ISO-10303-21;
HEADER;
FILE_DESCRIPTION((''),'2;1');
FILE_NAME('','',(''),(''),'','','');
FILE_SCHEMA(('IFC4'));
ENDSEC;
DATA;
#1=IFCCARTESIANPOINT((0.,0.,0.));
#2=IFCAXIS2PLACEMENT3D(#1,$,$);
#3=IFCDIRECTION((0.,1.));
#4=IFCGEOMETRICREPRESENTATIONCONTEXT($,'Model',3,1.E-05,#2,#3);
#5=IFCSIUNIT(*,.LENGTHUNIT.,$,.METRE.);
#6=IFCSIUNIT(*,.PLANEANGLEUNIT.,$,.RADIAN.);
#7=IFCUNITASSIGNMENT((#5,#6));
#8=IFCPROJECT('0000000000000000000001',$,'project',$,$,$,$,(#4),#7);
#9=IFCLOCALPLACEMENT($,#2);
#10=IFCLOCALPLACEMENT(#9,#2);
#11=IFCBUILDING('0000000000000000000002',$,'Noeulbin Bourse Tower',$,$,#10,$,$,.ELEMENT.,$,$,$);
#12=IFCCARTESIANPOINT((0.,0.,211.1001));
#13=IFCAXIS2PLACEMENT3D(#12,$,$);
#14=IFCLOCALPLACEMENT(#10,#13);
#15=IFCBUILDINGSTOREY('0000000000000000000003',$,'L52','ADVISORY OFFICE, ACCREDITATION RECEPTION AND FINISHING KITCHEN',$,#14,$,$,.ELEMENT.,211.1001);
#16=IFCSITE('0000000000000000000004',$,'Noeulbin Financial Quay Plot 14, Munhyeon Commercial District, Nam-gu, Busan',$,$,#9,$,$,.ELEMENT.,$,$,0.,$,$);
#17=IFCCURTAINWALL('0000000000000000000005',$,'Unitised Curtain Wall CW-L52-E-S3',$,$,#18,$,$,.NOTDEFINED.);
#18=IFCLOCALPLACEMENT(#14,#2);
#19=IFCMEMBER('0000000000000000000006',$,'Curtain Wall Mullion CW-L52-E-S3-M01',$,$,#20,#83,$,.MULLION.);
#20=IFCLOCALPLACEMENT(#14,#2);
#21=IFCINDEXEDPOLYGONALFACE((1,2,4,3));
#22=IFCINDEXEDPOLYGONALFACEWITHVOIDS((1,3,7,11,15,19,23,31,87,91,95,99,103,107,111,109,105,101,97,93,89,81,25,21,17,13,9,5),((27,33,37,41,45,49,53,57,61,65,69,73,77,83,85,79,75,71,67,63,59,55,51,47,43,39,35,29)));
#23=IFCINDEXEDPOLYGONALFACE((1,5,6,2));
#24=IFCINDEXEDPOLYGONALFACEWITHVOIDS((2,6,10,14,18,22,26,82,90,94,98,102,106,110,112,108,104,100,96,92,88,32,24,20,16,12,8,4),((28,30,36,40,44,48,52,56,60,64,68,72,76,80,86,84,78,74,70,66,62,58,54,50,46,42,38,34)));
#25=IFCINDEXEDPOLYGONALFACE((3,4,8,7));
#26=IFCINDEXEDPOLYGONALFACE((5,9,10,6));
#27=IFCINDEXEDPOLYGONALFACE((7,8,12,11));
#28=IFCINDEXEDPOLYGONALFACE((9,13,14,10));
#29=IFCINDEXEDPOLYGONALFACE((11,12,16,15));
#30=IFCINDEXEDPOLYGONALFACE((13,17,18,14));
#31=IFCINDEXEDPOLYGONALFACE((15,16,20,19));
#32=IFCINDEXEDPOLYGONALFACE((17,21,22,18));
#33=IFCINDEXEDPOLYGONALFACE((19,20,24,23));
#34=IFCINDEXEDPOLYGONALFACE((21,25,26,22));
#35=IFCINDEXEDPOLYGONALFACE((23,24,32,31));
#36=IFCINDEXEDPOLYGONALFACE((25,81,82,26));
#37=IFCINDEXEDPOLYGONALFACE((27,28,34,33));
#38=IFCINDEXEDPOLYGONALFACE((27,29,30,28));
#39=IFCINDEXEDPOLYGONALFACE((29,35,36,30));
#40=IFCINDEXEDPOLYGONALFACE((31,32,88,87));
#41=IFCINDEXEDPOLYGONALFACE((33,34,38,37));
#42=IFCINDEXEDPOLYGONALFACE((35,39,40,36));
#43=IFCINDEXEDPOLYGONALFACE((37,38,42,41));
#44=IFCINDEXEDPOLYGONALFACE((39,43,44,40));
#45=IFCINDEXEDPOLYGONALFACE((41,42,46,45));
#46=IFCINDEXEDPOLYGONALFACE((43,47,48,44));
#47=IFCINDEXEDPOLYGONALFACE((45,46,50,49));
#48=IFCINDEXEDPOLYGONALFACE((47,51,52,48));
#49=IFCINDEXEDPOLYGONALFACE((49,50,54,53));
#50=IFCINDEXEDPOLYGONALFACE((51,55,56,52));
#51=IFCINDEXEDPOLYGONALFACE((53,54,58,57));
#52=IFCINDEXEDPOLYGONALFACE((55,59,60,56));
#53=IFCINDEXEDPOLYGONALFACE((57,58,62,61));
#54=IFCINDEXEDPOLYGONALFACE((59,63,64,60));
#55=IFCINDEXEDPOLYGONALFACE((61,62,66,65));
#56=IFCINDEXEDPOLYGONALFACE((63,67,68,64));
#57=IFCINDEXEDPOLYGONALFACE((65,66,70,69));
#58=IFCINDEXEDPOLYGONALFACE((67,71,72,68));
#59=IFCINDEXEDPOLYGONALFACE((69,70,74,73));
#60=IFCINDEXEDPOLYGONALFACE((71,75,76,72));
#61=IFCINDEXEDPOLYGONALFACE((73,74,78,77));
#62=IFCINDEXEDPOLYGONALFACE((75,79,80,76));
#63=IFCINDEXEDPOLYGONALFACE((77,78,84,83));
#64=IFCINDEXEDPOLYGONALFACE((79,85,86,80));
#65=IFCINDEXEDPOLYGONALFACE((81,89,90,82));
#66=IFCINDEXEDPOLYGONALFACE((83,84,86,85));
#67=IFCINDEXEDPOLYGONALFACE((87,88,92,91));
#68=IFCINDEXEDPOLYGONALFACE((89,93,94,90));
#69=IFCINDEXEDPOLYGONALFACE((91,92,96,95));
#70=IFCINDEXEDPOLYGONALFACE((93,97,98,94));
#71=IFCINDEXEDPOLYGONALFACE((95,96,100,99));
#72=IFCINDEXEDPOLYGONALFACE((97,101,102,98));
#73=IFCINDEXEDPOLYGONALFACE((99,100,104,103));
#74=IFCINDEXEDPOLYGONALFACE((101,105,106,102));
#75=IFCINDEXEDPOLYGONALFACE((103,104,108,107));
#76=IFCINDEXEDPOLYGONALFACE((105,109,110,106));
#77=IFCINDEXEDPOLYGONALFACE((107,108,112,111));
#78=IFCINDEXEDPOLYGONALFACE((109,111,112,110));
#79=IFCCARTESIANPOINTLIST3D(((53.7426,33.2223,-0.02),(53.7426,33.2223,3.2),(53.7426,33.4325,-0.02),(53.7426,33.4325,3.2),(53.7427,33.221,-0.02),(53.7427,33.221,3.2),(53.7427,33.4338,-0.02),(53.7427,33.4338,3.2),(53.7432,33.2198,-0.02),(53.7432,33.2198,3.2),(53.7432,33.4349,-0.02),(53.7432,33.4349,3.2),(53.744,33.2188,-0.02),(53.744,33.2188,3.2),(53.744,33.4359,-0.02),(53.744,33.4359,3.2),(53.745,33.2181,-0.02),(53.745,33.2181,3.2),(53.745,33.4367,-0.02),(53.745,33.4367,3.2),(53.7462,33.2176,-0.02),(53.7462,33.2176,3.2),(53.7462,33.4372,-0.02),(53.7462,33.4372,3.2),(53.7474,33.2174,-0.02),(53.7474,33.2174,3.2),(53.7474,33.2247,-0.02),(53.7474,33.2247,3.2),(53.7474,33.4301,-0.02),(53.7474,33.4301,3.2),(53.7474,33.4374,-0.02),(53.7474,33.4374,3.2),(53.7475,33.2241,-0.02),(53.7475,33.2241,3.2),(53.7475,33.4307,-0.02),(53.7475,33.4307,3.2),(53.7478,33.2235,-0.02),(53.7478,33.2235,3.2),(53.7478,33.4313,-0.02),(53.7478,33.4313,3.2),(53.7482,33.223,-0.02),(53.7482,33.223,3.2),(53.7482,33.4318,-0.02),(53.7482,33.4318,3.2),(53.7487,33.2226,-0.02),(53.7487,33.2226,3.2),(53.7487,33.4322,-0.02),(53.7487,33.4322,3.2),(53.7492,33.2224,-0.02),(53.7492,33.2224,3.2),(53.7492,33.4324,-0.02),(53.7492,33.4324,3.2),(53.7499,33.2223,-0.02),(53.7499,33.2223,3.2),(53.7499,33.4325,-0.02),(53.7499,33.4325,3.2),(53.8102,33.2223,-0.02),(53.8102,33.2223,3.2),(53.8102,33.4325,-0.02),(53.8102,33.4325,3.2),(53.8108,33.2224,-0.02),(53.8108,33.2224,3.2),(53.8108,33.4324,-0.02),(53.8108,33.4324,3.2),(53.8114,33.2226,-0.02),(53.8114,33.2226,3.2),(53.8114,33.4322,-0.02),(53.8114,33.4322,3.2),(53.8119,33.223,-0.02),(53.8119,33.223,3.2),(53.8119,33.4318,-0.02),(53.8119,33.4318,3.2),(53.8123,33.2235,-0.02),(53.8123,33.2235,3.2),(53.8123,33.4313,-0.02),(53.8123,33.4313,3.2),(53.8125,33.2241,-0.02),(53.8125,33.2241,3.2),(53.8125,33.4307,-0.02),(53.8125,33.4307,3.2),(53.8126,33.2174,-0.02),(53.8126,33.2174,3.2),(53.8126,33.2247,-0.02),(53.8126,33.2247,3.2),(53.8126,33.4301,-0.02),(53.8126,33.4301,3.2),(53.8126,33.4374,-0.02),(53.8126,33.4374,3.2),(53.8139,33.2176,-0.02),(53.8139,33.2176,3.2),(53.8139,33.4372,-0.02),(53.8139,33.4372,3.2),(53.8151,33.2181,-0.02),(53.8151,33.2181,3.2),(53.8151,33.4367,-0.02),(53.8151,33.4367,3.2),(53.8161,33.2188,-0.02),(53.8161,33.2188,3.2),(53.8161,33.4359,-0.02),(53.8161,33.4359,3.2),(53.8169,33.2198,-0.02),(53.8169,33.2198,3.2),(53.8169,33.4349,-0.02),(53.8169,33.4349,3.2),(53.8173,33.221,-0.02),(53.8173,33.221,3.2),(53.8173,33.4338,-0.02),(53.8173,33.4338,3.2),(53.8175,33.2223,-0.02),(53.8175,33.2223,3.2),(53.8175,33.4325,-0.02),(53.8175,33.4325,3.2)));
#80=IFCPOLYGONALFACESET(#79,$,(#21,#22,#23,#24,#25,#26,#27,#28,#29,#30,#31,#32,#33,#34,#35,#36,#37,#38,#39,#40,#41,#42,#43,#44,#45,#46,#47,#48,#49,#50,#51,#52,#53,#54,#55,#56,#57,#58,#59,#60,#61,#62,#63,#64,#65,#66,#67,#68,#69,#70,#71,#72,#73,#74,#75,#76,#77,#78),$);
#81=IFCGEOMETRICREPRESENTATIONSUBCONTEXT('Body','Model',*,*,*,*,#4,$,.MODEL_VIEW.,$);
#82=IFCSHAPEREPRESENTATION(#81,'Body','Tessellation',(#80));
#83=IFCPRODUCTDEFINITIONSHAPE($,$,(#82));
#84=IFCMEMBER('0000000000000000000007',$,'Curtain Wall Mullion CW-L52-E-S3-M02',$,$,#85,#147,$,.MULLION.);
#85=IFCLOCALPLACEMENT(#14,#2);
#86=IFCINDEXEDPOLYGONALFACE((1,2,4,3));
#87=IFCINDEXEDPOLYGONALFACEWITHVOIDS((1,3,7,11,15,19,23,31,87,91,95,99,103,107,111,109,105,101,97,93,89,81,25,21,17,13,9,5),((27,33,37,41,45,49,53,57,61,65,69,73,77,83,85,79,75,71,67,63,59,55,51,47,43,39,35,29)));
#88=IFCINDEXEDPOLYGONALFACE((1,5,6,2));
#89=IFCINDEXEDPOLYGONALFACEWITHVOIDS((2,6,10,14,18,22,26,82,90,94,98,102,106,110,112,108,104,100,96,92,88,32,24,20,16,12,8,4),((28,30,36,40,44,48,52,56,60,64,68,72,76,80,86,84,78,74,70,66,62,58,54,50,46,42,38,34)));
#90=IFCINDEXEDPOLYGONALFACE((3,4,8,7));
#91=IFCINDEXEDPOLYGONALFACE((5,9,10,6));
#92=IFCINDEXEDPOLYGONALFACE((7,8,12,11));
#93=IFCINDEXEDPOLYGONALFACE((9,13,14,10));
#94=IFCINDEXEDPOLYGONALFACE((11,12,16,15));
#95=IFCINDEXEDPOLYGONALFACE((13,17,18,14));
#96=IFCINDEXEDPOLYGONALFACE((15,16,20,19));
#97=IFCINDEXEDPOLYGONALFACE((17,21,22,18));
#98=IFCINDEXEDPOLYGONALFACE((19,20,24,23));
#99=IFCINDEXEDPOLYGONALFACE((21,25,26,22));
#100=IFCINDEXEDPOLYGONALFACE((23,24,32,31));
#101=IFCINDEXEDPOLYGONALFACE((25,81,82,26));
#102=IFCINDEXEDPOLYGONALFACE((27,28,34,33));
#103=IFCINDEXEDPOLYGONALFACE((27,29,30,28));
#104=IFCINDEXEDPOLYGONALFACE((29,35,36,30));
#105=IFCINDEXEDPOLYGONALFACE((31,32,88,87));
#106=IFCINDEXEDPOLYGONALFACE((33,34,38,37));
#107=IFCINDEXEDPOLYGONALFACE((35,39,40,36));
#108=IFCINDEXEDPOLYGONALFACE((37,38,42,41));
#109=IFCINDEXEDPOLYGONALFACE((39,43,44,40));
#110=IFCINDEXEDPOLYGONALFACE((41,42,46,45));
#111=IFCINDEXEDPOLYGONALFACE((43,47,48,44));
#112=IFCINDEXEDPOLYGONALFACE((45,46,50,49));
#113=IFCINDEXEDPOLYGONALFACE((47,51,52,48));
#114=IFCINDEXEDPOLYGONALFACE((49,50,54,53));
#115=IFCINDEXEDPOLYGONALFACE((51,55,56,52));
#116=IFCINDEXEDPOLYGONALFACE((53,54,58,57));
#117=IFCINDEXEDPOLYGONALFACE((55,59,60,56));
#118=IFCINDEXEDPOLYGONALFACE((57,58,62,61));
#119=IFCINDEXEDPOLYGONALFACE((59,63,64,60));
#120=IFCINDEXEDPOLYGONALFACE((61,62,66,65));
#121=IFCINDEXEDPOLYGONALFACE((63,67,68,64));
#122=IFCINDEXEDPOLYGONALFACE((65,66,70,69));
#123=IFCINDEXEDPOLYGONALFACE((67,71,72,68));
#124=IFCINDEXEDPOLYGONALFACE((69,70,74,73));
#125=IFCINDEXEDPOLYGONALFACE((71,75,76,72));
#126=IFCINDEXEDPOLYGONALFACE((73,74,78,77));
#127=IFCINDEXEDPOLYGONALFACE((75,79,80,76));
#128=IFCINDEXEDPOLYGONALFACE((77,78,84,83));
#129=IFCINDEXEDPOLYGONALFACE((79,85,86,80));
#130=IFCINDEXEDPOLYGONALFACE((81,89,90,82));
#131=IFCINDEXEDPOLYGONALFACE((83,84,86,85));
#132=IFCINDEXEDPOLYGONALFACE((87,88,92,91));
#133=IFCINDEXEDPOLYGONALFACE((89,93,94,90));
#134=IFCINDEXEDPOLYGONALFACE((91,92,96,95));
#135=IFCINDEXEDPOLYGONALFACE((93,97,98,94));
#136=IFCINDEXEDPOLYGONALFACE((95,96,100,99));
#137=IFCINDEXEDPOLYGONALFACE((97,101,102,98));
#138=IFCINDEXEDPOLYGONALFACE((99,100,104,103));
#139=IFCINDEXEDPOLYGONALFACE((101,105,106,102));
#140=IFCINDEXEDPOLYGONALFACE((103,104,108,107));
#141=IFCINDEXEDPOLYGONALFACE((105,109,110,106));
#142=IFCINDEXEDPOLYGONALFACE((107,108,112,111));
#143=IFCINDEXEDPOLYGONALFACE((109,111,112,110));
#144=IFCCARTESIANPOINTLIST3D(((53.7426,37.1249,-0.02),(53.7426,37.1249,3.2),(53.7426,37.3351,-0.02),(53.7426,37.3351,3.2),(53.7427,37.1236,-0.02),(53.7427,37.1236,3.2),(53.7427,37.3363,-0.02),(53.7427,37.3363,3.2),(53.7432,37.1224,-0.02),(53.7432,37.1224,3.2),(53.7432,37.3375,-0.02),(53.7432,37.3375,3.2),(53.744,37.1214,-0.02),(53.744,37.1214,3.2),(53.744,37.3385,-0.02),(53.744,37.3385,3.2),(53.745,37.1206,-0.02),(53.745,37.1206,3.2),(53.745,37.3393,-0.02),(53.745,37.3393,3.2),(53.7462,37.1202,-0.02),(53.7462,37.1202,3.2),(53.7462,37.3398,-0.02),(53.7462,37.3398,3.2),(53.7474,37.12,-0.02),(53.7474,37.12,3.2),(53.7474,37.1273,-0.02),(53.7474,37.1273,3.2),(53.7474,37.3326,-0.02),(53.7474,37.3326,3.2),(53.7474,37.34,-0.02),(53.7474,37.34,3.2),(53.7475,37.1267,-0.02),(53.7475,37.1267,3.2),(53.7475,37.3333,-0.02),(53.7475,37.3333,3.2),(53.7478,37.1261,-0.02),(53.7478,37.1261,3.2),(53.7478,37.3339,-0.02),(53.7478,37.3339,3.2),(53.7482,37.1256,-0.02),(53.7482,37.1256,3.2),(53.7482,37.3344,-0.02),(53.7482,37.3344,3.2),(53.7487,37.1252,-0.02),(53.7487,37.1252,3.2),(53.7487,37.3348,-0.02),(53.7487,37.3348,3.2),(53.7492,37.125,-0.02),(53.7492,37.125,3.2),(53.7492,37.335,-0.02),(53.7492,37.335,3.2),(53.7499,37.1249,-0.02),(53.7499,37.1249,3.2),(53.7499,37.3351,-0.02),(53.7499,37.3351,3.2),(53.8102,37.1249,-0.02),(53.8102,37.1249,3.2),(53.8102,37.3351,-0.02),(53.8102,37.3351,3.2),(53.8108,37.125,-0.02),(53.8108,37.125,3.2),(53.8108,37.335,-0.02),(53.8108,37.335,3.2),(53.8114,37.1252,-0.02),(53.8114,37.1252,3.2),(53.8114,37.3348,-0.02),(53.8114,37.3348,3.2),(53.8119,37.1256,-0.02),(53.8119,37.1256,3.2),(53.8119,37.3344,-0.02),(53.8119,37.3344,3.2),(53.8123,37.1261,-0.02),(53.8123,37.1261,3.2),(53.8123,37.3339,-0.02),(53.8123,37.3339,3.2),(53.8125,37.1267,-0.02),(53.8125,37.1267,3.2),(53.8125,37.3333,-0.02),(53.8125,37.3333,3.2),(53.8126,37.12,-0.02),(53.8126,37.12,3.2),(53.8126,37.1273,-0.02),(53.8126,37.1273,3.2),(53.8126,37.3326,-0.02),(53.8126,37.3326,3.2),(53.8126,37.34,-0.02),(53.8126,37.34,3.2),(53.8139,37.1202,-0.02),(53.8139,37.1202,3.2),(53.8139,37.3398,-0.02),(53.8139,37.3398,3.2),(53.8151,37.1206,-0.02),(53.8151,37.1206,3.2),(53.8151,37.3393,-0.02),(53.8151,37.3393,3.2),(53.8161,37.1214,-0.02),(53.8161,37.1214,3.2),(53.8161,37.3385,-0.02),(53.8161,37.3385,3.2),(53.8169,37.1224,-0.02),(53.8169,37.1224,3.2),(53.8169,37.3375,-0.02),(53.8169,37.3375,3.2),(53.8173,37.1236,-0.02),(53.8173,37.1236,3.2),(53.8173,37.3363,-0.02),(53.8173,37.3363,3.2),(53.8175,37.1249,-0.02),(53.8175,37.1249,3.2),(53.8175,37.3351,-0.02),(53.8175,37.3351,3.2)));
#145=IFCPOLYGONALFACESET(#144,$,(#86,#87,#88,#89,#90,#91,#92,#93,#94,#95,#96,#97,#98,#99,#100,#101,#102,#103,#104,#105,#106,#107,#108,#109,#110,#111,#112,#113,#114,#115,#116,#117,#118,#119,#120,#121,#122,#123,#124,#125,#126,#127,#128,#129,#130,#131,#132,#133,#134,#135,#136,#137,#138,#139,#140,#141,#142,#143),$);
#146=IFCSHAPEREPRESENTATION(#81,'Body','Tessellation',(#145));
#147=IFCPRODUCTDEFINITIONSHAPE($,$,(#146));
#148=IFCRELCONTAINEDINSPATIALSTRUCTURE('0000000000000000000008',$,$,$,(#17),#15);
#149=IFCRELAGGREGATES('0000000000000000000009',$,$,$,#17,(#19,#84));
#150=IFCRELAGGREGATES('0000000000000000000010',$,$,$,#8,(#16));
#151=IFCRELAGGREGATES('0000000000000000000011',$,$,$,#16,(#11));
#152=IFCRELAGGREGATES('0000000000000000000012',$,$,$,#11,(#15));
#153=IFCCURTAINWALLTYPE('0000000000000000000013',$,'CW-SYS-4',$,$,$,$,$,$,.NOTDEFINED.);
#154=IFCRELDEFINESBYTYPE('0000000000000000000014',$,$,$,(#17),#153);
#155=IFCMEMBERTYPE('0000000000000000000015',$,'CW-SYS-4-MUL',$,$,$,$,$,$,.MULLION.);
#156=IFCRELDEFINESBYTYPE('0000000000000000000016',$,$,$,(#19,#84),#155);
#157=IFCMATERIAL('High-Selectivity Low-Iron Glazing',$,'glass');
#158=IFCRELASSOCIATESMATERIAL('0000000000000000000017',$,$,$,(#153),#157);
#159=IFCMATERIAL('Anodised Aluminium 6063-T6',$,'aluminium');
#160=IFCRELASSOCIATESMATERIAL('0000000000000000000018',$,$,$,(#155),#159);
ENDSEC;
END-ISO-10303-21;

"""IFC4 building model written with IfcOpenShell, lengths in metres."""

from ifc_helpers import new_model, si_unit, direction, frame, origin, origin_2d, place, context, subcontext, project, spatial, hollow_rectangle, extrude, material, material_profile, profile_set, type_object, element, aggregate, save


model = new_model("IFC4")

# Units and contexts
model_context = context("Model", 3, precision=1e-05, world=origin(), true_north=direction((0.0, 1.0)))
body_context = subcontext(model_context, "Body", "Model", "MODEL_VIEW")
ifc_project = project(units=[si_unit("LENGTHUNIT", "METRE"), si_unit("PLANEANGLEUNIT", "RADIAN")], contexts=[model_context])

# Site, building, storey
site_placement = place(None, origin())
site = spatial("IfcSite", under=ifc_project, at=site_placement, Name="Noeulbin Financial Quay Plot 14, Munhyeon Commercial District, Nam-gu, Busan", CompositionType="ELEMENT", RefElevation=0.0)
building_placement = place(site_placement, origin())
building = spatial("IfcBuilding", under=site, at=building_placement, Name="Noeulbin Bourse Tower", CompositionType="ELEMENT")
storey_placement = place(building_placement, frame((0.0, 0.0, 211.1001)))
storey = spatial("IfcBuildingStorey", under=building, at=storey_placement, Name="L52", Description="ADVISORY OFFICE, ACCREDITATION RECEPTION AND FINISHING KITCHEN", CompositionType="ELEMENT", Elevation=211.1001)

# Curtain wall, members
ifc_material_1 = material(Name="High-Selectivity Low-Iron Glazing", Category="glass")
curtain_wall_type = type_object("IfcCurtainWallType", Name="CW-SYS-4", PredefinedType="NOTDEFINED", material=ifc_material_1)
ifc_material_2 = material(Name="Anodised Aluminium 6063-T6", Category="aluminium")
ifc_material_profile_1 = material_profile(ifc_material_2, hollow_rectangle(XDim=0.075, YDim=0.22, WallThickness=0.0049, InnerFilletRadius=0.0024, OuterFilletRadius=0.0049, at=origin_2d()), Name="ALU-MULL-75x220x5", Category="LoadBearing")
ifc_profile_set_1 = profile_set([ifc_material_profile_1], Name="Anodised Aluminium 6063-T6")
member_type_1 = type_object("IfcMemberType", Name="CW-SYS-4-MUL", PredefinedType="MULLION", material=ifc_profile_set_1)
curtain_wall_1_placement = place(storey_placement, origin())
curtain_wall_1 = element("IfcCurtainWall", 1, at=curtain_wall_1_placement, inside=storey, type_object=curtain_wall_type, Name="Unitised Curtain Wall CW-L52-E-S3", PredefinedType="NOTDEFINED")
member_1_placement = place(storey_placement, frame((53.78, 33.3274, -0.02), z_axis=(0.0, 0.0, 1.0), x_axis=(1.0, 0.0, 0.0)))
member_1 = element("IfcMember", 2, at=member_1_placement, type_object=member_type_1, Name="Curtain Wall Mullion CW-L52-E-S3-M01", PredefinedType="MULLION", context=body_context, shape_type="SweptSolid", body=[
    extrude(hollow_rectangle(XDim=0.075, YDim=0.22, WallThickness=0.0049, InnerFilletRadius=0.0024, OuterFilletRadius=0.0049, at=origin_2d()), origin(), (0.0, 0.0, 1.0), 3.22),
])
member_2_placement = place(storey_placement, frame((53.78, 37.23, -0.02), z_axis=(0.0, 0.0, 1.0), x_axis=(1.0, 0.0, 0.0)))
member_2 = element("IfcMember", 3, at=member_2_placement, type_object=member_type_1, Name="Curtain Wall Mullion CW-L52-E-S3-M02", PredefinedType="MULLION", context=body_context, shape_type="SweptSolid", body=[
    extrude(hollow_rectangle(XDim=0.075, YDim=0.22, WallThickness=0.0049, InnerFilletRadius=0.0024, OuterFilletRadius=0.0049, at=origin_2d()), origin(), (0.0, 0.0, 1.0), 3.22),
])

aggregate(curtain_wall_1, [member_1, member_2])

save(model, "model.ifc")
